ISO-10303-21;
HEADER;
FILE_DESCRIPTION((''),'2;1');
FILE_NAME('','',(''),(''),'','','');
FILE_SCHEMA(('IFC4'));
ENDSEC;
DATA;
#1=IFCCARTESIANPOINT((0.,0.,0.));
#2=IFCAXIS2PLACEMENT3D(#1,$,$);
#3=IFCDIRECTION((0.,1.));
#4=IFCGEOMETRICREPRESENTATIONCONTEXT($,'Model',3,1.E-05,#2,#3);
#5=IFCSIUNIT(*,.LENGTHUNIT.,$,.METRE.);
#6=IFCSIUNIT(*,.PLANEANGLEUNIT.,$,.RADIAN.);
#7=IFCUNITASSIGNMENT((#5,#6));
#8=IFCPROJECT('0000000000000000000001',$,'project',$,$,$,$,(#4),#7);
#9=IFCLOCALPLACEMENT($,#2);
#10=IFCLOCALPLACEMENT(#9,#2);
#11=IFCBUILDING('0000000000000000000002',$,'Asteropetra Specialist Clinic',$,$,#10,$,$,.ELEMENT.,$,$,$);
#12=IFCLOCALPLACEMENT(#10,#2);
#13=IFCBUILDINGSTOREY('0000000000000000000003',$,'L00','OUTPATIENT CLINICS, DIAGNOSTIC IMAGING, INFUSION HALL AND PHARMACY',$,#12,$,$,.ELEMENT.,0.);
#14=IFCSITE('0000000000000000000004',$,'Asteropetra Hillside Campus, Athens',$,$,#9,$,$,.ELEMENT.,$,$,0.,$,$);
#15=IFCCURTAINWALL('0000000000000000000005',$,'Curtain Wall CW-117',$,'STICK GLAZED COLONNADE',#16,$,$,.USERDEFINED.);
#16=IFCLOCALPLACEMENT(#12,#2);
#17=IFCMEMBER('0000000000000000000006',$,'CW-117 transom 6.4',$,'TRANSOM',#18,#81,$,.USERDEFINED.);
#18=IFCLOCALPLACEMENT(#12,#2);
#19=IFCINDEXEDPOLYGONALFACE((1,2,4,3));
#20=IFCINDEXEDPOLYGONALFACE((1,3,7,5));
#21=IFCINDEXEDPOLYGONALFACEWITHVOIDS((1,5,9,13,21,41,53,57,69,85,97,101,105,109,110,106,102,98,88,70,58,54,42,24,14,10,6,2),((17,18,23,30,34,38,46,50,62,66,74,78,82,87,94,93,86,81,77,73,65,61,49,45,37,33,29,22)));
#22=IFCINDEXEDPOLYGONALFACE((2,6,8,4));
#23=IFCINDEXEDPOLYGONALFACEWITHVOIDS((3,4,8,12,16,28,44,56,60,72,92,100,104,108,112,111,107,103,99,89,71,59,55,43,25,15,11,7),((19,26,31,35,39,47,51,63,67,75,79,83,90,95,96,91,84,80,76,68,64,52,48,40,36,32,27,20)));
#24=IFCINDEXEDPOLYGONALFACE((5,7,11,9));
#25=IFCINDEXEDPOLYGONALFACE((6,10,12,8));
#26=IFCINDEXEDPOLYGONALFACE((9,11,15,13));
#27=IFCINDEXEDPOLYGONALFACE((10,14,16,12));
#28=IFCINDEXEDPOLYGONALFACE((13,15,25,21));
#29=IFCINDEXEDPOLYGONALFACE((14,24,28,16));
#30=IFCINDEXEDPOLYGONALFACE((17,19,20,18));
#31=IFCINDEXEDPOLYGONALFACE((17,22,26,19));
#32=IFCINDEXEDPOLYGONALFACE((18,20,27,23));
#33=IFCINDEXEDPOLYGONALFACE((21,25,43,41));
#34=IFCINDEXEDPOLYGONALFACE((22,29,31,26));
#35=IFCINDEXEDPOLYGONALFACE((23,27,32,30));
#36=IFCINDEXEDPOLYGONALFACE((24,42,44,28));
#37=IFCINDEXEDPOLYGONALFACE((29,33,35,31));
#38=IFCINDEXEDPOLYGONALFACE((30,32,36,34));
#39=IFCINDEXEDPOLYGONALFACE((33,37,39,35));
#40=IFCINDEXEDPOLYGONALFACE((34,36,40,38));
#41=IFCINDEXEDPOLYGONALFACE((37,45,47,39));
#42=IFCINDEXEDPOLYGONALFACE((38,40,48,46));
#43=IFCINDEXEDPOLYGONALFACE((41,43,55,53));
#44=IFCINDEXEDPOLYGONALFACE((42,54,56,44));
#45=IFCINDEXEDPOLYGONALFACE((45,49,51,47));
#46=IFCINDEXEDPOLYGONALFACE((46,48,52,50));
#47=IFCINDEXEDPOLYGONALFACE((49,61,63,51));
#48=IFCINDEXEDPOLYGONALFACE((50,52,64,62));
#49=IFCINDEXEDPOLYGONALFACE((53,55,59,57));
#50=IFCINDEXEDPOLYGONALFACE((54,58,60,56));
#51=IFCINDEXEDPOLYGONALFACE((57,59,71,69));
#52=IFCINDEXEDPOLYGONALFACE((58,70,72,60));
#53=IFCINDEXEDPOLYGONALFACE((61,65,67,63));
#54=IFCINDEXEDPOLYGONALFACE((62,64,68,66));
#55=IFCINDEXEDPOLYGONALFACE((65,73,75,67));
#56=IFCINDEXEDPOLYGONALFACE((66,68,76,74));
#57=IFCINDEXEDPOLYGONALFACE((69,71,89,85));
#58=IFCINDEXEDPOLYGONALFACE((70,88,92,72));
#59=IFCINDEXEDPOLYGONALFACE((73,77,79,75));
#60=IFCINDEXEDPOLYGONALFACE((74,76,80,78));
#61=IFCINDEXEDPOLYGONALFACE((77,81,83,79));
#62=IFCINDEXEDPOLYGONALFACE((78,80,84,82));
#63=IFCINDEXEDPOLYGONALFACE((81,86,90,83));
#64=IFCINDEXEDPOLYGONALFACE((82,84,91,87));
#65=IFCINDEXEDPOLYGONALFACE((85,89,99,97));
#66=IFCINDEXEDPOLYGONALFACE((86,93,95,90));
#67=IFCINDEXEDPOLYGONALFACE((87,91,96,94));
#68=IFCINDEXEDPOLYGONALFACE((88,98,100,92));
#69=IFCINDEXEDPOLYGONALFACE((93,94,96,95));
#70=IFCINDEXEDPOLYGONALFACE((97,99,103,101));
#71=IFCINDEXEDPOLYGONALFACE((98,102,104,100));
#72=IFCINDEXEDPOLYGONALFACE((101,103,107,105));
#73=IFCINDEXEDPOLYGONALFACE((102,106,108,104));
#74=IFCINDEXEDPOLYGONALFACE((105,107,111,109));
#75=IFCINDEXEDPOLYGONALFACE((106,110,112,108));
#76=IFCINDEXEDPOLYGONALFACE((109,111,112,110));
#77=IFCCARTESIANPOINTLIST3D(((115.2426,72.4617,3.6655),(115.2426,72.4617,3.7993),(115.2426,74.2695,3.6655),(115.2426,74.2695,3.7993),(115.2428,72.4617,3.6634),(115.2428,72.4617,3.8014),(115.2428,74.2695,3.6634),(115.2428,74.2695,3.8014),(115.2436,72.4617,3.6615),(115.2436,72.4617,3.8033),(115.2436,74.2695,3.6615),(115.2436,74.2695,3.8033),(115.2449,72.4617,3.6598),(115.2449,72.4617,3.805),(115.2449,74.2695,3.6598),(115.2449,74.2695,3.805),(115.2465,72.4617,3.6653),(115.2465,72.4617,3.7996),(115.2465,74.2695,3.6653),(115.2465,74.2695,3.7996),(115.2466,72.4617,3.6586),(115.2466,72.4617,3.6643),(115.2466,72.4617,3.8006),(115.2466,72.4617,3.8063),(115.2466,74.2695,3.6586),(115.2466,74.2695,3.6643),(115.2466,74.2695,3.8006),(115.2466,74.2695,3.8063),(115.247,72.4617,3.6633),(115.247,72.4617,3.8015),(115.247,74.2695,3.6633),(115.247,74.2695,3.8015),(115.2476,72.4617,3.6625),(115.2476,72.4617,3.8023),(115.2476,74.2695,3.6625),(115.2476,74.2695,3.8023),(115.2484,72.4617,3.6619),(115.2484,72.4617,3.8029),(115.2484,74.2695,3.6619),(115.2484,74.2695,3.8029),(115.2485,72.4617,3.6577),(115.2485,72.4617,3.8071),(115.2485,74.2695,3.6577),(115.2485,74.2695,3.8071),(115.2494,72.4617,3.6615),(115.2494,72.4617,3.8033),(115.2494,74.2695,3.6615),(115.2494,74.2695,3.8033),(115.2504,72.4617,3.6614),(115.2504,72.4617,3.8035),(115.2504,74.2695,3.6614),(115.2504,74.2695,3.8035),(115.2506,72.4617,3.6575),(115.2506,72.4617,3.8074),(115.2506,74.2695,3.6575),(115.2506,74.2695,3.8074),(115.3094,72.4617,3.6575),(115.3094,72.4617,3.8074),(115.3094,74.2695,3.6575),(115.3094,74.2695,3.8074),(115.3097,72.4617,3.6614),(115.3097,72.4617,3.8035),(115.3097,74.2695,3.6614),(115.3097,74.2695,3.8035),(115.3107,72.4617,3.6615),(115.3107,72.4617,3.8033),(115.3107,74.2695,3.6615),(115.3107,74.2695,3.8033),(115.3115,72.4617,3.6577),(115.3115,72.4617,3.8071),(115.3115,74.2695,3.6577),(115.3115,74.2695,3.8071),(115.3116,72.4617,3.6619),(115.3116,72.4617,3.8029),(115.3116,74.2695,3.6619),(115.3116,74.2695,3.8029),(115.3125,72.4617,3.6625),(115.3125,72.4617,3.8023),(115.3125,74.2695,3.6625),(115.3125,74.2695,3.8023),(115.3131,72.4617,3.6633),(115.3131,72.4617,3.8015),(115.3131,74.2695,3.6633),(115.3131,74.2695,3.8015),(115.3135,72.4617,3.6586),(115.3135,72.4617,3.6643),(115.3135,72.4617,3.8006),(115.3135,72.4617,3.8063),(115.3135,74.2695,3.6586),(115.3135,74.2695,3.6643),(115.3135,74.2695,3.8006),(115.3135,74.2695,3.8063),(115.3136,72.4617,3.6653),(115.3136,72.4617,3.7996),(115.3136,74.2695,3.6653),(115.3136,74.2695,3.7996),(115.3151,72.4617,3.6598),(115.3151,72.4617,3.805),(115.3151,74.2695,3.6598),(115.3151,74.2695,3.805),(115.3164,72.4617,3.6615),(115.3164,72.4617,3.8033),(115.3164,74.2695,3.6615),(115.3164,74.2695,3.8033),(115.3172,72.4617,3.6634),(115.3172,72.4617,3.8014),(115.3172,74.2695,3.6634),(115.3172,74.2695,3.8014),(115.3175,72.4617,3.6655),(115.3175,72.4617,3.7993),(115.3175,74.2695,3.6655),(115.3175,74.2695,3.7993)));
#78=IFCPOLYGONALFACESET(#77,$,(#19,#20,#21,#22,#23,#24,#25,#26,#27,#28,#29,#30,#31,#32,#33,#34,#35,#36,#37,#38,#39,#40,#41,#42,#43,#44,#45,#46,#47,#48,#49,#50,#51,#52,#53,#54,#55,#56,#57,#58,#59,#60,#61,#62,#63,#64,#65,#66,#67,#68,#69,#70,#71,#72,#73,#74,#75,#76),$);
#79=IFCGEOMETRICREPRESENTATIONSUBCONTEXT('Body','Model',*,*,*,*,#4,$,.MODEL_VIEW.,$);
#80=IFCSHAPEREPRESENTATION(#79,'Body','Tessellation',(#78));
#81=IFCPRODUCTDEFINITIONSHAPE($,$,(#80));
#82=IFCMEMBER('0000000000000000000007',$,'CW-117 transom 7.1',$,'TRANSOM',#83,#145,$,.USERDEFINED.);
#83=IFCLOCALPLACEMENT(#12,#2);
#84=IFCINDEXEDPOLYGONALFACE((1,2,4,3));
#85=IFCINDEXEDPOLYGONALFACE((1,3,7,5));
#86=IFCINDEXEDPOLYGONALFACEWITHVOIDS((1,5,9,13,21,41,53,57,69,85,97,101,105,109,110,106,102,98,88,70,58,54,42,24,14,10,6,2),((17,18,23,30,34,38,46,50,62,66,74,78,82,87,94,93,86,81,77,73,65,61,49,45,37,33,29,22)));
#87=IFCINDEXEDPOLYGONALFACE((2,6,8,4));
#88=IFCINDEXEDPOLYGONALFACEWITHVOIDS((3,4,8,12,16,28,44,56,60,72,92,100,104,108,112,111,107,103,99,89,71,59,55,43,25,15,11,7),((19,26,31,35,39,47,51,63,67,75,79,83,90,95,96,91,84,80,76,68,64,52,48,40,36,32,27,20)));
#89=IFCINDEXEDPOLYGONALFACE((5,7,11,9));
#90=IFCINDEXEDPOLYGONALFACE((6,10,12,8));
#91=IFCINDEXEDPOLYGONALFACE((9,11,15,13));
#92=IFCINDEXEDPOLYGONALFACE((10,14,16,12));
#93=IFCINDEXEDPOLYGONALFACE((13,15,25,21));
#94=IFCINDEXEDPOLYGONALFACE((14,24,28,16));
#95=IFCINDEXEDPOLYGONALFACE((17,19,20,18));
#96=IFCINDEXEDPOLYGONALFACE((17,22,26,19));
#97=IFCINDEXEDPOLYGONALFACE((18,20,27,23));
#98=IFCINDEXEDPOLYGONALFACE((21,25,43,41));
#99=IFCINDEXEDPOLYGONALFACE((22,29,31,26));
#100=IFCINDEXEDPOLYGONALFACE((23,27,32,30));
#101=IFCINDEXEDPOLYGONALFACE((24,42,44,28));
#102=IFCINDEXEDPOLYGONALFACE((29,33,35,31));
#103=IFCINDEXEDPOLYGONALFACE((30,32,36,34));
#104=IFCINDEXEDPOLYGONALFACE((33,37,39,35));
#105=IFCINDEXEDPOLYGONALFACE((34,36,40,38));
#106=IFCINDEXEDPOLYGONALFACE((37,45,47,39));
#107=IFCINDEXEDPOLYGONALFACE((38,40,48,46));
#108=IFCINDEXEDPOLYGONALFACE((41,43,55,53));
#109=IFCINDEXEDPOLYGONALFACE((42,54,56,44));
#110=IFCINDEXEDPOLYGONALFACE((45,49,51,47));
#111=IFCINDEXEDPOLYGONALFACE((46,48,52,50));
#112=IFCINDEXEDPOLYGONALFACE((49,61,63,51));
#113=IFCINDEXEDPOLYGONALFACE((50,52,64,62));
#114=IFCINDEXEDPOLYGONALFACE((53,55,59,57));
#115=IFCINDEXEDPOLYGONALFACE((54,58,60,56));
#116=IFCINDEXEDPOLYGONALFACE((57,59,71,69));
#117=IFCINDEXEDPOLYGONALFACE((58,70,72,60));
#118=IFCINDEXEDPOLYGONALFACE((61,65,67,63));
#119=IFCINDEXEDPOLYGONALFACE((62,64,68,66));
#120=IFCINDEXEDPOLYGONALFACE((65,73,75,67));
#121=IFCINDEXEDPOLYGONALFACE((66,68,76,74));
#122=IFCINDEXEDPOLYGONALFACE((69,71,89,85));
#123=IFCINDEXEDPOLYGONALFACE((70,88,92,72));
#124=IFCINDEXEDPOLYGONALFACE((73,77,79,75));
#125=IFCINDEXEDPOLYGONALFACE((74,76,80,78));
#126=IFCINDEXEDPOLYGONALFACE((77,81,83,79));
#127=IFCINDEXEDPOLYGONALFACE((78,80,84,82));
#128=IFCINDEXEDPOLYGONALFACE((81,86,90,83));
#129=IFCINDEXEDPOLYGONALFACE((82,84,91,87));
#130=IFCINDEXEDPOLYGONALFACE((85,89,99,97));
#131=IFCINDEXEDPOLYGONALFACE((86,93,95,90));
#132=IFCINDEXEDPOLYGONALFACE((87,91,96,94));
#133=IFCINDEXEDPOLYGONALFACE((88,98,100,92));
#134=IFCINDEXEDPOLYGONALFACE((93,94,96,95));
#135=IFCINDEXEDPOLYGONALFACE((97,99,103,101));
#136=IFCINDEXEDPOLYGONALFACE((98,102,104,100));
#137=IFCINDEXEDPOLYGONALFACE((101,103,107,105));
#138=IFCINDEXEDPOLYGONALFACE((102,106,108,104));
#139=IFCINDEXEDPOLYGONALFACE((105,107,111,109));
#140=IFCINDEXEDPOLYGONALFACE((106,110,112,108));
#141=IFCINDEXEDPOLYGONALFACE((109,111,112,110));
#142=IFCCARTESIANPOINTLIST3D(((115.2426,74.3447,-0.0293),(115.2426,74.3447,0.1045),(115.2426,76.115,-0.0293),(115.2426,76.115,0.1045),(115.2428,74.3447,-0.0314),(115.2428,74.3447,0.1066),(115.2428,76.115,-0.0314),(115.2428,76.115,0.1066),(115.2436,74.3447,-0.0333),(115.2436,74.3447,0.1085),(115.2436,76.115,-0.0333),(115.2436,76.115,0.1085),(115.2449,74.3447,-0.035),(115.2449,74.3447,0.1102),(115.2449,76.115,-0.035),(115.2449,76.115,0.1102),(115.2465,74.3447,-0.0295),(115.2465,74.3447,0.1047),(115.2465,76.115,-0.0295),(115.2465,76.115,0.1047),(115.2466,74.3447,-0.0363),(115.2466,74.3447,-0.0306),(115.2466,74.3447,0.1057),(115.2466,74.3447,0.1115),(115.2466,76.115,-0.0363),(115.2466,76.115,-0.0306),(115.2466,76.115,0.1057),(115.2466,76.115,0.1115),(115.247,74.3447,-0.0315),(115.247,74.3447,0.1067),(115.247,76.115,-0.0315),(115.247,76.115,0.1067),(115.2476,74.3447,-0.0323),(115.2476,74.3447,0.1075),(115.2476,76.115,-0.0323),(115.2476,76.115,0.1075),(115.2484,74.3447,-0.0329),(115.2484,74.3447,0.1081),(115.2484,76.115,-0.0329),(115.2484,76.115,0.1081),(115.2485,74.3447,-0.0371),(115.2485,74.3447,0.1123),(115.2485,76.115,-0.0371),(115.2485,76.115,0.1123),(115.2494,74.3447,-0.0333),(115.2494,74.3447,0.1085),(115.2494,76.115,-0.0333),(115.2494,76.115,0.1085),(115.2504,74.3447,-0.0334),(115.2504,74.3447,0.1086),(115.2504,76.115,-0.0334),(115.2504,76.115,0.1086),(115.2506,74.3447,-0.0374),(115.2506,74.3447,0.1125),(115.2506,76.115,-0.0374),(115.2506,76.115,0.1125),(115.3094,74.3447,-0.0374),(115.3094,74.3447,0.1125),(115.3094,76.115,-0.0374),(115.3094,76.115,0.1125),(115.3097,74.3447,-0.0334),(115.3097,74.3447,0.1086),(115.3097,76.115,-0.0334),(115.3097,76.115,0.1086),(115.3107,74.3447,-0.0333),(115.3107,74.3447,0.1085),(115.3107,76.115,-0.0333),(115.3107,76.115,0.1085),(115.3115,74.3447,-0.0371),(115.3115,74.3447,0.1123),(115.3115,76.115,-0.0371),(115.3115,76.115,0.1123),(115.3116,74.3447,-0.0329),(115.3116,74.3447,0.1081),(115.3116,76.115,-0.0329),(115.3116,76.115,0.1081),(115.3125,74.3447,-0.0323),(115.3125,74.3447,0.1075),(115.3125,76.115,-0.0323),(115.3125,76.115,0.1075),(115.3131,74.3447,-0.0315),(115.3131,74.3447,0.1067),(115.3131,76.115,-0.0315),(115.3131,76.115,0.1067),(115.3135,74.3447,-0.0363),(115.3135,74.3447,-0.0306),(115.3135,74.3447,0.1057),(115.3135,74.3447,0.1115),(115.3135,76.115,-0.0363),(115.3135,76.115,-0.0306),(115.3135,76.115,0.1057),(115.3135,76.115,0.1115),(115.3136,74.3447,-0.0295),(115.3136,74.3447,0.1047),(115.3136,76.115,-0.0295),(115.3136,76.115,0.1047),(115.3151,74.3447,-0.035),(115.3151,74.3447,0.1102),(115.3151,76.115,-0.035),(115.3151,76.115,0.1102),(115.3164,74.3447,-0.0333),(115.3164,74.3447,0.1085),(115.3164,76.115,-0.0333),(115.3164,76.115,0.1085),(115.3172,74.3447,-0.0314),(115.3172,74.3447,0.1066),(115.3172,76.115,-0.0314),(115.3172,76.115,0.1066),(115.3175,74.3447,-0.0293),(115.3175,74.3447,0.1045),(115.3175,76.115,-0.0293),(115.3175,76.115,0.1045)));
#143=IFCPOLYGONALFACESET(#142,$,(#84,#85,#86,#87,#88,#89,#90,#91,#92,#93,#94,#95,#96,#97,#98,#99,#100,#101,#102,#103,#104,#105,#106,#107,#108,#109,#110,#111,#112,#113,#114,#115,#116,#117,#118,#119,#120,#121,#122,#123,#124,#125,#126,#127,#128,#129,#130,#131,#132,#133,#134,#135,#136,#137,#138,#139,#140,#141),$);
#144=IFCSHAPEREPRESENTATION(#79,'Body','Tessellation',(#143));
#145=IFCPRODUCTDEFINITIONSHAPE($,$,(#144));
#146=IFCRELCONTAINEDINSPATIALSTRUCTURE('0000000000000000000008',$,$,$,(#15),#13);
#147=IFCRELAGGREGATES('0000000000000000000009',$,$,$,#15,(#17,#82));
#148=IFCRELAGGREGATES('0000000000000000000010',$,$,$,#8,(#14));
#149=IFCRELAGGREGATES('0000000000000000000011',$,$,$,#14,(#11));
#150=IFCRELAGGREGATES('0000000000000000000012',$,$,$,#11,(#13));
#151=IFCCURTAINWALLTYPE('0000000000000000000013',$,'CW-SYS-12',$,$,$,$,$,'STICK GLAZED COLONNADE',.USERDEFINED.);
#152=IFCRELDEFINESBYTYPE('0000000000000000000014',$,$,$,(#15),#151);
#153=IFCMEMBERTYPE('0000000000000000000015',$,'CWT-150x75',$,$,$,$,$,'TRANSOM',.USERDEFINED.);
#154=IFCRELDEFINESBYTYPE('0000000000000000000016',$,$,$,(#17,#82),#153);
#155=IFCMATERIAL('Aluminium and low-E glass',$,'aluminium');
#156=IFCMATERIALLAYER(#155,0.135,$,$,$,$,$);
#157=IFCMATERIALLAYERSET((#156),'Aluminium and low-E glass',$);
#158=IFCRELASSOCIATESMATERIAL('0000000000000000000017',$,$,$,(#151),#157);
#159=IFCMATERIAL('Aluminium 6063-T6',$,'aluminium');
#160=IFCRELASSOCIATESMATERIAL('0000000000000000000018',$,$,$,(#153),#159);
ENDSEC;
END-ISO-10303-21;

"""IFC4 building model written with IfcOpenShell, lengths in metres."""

from ifc_helpers import new_model, si_unit, direction, frame, origin, origin_2d, place, context, subcontext, project, spatial, hollow_rectangle, extrude, material, layer, layer_set, material_profile, profile_set, type_object, element, aggregate, save


model = new_model("IFC4")

# Units and contexts
model_context = context("Model", 3, precision=1e-05, world=origin(), true_north=direction((0.0, 1.0)))
body_context = subcontext(model_context, "Body", "Model", "MODEL_VIEW")
ifc_project = project(units=[si_unit("LENGTHUNIT", "METRE"), si_unit("PLANEANGLEUNIT", "RADIAN")], contexts=[model_context])

# Site, building, storey
site_placement = place(None, origin())
site = spatial("IfcSite", under=ifc_project, at=site_placement, Name="Asteropetra Hillside Campus, Athens", CompositionType="ELEMENT", RefElevation=0.0)
building_placement = place(site_placement, origin())
building = spatial("IfcBuilding", under=site, at=building_placement, Name="Asteropetra Specialist Clinic", CompositionType="ELEMENT")
storey_placement = place(building_placement, origin())
storey = spatial("IfcBuildingStorey", under=building, at=storey_placement, Name="L00", Description="OUTPATIENT CLINICS, DIAGNOSTIC IMAGING, INFUSION HALL AND PHARMACY", CompositionType="ELEMENT", Elevation=0.0)

# Curtain wall, members
ifc_material_1 = material(Name="Aluminium and low-E glass", Category="aluminium")
ifc_layer_1 = layer(ifc_material_1, 0.135)
ifc_layer_set_1 = layer_set([ifc_layer_1], Name="Aluminium and low-E glass")
curtain_wall_type = type_object("IfcCurtainWallType", Name="CW-SYS-12", ElementType="STICK GLAZED COLONNADE", PredefinedType="USERDEFINED", material=ifc_layer_set_1)
curtain_wall_placement = place(storey_placement, origin())
curtain_wall = element("IfcCurtainWall", 1, at=curtain_wall_placement, inside=storey, type_object=curtain_wall_type, Name="Curtain Wall CW-117", ObjectType="STICK GLAZED COLONNADE", PredefinedType="USERDEFINED")
ifc_material_2 = material(Name="Aluminium 6063-T6", Category="aluminium")
ifc_material_profile_1 = material_profile(ifc_material_2, hollow_rectangle(XDim=0.075, YDim=0.1499, WallThickness=0.0039, InnerFilletRadius=0.0039, OuterFilletRadius=0.0081, at=origin_2d()), Name="TRN 150x75x4.0")
ifc_profile_set_1 = profile_set([ifc_material_profile_1], Name="Aluminium 6063-T6")
member_type_1 = type_object("IfcMemberType", Name="CWT-150x75", ElementType="TRANSOM", PredefinedType="USERDEFINED", material=ifc_profile_set_1)
member_1_placement = place(storey_placement, frame((115.28, 72.4617, 3.7324), z_axis=(0.0, 1.0, 0.0), x_axis=(-1.0, 0.0, 0.0)))
member_1 = element("IfcMember", 2, at=member_1_placement, type_object=member_type_1, Name="CW-117 transom 6.4", ObjectType="TRANSOM", PredefinedType="USERDEFINED", context=body_context, shape_type="SweptSolid", body=[
    extrude(hollow_rectangle(XDim=0.075, YDim=0.1499, WallThickness=0.0039, InnerFilletRadius=0.0039, OuterFilletRadius=0.0081, at=origin_2d()), origin(), (0.0, 0.0, 1.0), 1.8079),
])
member_2_placement = place(storey_placement, frame((115.28, 74.3447, 0.0376), z_axis=(0.0, 1.0, 0.0), x_axis=(-1.0, 0.0, 0.0)))
member_2 = element("IfcMember", 3, at=member_2_placement, type_object=member_type_1, Name="CW-117 transom 7.1", ObjectType="TRANSOM", PredefinedType="USERDEFINED", context=body_context, shape_type="SweptSolid", body=[
    extrude(hollow_rectangle(XDim=0.075, YDim=0.1499, WallThickness=0.0039, InnerFilletRadius=0.0039, OuterFilletRadius=0.0081, at=origin_2d()), origin(), (0.0, 0.0, 1.0), 1.7703),
])
aggregate(curtain_wall, [member_1, member_2])

save(model, "model.ifc")
